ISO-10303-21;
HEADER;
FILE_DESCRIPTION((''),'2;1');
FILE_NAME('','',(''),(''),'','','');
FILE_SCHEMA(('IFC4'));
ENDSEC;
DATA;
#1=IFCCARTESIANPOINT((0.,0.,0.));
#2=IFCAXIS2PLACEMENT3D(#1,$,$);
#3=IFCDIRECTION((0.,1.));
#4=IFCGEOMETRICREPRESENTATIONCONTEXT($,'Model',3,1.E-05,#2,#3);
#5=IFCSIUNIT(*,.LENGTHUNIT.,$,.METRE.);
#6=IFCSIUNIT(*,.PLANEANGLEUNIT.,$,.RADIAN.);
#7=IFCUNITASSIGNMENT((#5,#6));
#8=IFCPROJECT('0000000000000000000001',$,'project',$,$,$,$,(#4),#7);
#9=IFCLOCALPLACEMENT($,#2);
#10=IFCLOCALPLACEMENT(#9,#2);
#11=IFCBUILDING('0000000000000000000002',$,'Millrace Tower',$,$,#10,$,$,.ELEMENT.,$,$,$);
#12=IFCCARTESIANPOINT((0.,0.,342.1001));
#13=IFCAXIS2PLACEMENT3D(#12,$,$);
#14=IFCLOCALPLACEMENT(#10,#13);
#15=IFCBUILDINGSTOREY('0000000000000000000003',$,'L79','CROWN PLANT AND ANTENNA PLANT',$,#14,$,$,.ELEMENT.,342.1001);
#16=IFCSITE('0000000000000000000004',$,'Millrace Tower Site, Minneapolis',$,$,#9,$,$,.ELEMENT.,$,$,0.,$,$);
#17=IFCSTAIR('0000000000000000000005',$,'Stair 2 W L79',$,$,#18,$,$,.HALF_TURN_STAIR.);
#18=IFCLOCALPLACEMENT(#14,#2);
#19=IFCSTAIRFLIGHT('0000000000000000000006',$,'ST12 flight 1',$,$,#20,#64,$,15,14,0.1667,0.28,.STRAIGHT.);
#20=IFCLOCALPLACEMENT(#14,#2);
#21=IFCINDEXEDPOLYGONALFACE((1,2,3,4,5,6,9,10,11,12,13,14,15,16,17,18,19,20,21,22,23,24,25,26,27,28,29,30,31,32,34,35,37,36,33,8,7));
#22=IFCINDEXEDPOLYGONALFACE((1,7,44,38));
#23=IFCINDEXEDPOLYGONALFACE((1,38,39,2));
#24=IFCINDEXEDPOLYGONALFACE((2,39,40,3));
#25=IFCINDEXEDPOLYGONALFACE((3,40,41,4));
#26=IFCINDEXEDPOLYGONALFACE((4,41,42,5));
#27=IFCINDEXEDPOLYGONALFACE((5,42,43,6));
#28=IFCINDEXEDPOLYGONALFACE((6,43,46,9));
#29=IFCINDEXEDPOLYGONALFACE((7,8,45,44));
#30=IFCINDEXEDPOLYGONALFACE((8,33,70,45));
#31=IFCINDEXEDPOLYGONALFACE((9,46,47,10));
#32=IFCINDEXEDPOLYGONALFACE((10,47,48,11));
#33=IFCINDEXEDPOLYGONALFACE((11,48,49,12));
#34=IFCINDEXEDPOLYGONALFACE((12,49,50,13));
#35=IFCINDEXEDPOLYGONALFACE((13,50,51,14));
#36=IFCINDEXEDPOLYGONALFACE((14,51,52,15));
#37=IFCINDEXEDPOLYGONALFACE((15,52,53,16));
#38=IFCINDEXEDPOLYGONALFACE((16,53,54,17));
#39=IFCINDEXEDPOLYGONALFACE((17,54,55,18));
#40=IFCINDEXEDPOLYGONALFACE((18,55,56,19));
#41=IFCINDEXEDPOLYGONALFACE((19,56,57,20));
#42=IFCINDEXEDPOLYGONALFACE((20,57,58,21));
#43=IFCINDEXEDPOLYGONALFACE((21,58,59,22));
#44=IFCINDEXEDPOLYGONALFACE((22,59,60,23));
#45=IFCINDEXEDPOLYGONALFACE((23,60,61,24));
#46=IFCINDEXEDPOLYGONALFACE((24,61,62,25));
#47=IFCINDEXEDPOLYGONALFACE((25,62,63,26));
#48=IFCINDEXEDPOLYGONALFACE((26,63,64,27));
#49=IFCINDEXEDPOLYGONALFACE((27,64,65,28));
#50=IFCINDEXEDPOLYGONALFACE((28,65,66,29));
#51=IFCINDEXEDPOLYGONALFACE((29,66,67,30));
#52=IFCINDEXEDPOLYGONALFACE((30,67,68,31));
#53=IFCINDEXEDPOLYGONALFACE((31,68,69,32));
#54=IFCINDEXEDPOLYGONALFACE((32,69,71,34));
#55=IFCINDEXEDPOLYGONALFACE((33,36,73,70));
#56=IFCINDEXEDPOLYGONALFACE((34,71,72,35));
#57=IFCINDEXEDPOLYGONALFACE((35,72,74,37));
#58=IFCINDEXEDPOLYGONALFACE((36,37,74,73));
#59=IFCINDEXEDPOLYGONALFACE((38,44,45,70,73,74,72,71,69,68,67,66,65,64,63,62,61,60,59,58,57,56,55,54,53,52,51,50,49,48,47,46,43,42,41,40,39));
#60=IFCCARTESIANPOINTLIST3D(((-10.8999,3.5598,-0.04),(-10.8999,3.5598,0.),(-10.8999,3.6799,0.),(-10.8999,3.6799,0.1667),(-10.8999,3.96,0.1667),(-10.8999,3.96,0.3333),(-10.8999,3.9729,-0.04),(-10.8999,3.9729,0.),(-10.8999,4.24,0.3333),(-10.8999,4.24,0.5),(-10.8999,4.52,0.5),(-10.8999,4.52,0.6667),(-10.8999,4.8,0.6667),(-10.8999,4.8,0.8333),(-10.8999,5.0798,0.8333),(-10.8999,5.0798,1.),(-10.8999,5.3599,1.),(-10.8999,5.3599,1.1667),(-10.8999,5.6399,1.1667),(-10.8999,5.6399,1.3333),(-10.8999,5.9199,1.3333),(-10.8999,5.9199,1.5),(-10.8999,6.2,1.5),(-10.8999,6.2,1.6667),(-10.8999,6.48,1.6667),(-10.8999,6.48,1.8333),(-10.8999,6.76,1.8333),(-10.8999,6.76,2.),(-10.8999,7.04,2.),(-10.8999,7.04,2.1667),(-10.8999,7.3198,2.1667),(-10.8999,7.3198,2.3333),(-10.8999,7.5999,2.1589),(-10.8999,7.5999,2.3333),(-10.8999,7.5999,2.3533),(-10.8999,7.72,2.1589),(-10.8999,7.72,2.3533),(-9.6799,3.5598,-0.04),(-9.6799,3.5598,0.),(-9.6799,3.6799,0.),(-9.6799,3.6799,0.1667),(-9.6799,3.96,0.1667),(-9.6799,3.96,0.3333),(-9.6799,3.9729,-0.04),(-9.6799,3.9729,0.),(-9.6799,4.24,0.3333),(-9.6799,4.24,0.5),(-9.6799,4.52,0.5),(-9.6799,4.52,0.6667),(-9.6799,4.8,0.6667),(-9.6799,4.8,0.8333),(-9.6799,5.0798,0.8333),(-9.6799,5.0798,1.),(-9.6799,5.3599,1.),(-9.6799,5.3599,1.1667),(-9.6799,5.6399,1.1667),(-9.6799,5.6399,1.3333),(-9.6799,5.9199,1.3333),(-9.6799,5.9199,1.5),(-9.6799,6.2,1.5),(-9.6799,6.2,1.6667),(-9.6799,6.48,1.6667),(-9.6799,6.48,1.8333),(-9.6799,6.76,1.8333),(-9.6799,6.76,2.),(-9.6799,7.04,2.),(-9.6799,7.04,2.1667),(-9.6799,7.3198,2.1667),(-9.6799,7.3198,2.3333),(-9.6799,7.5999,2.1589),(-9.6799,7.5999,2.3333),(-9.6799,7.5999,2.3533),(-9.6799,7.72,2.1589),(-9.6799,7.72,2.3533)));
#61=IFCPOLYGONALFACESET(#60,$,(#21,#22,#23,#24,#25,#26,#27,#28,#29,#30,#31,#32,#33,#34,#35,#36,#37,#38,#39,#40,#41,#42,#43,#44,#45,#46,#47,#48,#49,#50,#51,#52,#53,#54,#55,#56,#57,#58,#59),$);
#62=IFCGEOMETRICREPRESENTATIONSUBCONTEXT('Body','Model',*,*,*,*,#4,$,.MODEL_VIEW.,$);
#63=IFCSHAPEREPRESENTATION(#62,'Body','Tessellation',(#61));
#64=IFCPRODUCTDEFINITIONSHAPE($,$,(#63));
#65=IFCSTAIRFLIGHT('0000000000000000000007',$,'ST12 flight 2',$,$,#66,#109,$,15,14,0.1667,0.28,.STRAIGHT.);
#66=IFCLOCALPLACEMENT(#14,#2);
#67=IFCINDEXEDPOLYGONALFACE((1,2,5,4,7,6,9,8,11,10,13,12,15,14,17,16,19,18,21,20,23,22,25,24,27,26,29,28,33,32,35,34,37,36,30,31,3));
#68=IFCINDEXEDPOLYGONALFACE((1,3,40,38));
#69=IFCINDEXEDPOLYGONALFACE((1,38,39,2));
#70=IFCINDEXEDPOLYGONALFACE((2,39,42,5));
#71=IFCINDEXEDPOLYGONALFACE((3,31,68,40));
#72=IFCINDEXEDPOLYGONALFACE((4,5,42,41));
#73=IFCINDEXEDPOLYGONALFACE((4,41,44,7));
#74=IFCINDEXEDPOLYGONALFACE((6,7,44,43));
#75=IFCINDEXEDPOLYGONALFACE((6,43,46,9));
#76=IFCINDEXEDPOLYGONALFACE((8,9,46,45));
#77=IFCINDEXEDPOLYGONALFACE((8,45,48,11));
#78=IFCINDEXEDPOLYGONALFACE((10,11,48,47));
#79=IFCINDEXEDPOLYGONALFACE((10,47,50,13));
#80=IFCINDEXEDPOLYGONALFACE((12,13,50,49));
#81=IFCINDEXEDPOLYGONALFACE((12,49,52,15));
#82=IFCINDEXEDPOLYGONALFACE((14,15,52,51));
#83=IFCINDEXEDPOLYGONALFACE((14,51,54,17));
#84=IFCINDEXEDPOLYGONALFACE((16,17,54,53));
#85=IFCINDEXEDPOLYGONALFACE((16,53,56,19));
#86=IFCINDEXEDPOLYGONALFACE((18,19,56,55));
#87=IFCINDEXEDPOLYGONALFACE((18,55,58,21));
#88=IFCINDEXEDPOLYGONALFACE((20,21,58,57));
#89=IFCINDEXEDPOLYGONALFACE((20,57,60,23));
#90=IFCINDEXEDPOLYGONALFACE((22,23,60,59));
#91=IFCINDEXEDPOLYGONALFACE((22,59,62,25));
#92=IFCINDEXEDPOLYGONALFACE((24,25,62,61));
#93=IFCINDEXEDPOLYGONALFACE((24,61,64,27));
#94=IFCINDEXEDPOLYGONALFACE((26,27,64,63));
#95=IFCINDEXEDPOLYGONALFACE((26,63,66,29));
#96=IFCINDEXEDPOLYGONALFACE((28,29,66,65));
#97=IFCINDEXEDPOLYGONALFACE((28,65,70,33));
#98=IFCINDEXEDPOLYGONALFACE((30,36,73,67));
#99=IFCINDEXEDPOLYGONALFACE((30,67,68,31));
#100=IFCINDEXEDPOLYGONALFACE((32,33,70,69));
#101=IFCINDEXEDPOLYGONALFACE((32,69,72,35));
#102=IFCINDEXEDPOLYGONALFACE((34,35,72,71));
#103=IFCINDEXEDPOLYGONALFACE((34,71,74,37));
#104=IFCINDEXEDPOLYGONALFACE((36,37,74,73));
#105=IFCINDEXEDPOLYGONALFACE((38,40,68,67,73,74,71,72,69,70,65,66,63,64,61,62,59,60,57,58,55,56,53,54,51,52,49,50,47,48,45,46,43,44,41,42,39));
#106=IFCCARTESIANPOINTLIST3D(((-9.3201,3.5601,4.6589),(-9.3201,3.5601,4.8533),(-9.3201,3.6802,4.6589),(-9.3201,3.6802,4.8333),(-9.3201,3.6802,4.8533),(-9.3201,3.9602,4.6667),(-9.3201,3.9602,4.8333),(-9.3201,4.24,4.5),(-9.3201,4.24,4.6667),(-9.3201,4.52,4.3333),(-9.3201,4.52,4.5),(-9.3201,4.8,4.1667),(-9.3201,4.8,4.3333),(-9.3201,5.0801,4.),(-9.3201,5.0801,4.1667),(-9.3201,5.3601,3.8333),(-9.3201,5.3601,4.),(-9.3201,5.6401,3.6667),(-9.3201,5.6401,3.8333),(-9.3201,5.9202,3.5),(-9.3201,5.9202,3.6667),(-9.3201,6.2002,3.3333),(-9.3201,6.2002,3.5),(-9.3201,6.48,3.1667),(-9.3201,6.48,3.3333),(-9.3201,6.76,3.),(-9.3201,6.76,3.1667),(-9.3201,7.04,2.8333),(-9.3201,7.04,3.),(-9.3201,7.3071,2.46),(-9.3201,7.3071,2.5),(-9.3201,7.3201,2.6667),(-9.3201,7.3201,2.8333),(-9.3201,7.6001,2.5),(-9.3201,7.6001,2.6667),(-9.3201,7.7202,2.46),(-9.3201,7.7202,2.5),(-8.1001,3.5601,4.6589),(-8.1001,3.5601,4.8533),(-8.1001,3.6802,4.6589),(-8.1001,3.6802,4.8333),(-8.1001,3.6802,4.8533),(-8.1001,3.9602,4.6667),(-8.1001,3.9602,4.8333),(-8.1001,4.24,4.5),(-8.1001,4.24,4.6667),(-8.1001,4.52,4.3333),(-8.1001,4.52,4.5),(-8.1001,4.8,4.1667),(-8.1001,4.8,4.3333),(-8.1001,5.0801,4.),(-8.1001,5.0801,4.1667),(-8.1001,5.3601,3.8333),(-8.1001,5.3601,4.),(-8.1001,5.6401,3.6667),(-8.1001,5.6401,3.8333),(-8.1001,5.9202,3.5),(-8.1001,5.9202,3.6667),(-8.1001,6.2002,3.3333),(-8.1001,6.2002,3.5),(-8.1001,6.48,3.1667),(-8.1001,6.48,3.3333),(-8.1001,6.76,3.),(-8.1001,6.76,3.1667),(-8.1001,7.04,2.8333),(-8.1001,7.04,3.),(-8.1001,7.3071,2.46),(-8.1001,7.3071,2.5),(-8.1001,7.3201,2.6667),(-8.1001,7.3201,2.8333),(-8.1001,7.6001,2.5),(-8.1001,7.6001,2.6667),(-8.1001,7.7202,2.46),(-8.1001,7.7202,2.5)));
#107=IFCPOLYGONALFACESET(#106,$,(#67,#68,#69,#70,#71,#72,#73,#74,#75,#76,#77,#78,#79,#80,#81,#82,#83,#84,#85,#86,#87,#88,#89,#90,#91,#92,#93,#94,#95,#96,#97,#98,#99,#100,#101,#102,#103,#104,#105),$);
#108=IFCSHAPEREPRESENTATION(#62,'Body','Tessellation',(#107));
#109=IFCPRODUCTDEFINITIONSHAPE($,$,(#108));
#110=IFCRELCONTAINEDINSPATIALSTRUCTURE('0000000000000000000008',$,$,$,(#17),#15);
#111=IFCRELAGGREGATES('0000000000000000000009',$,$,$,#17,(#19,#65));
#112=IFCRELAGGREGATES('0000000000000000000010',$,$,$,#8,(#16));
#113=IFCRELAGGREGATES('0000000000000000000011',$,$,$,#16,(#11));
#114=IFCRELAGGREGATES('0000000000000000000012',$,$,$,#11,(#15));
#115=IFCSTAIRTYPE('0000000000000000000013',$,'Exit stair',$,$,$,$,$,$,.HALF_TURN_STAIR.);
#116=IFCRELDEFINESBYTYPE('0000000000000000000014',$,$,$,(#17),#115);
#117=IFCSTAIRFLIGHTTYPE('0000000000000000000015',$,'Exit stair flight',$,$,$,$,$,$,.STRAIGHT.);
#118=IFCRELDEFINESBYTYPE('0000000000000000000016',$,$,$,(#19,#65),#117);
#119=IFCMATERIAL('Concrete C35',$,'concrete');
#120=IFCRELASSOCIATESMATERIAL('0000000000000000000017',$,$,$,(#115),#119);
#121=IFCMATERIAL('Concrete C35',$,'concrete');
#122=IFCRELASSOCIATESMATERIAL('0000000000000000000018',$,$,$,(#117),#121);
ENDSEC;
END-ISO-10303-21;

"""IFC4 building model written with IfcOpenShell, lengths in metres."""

from ifc_helpers import new_model, si_unit, direction, frame, origin, place, context, subcontext, project, spatial, polyline, outline, extrude, material, type_object, element, aggregate, save


model = new_model("IFC4")

# Units and contexts
model_context = context("Model", 3, precision=1e-05, world=origin(), true_north=direction((0.0, 1.0)))
body_context = subcontext(model_context, "Body", "Model", "MODEL_VIEW")
ifc_project = project(units=[si_unit("LENGTHUNIT", "METRE"), si_unit("PLANEANGLEUNIT", "RADIAN")], contexts=[model_context])

# Site, building, storey
site_placement = place(None, origin())
site = spatial("IfcSite", under=ifc_project, at=site_placement, Name="Millrace Tower Site, Minneapolis", CompositionType="ELEMENT", RefElevation=0.0)
building_placement = place(site_placement, origin())
building = spatial("IfcBuilding", under=site, at=building_placement, Name="Millrace Tower", CompositionType="ELEMENT")
storey_placement = place(building_placement, frame((0.0, 0.0, 342.1001)))
storey = spatial("IfcBuildingStorey", under=building, at=storey_placement, Name="L79", Description="CROWN PLANT AND ANTENNA PLANT", CompositionType="ELEMENT", Elevation=342.1001)

# Shared definitions
placement = place(storey_placement, origin())

# Stair, stair flights
ifc_material_1 = material(Name="Concrete C35", Category="concrete")
stair_type = type_object("IfcStairType", Name="Exit stair", PredefinedType="HALF_TURN_STAIR", material=ifc_material_1)
ifc_material_2 = material(Name="Concrete C35", Category="concrete")
stair_flight_type = type_object("IfcStairFlightType", Name="Exit stair flight", PredefinedType="STRAIGHT", material=ifc_material_2)
stair_1 = element("IfcStair", 1, at=placement, inside=storey, type_object=stair_type, Name="Stair 2 W L79", PredefinedType="HALF_TURN_STAIR")
stair_flight_1_placement = place(storey_placement, frame((-10.29, 3.6799, 0.0), z_axis=(0.0, 0.0, 1.0), x_axis=(0.0, 1.0, 0.0)))
stair_flight_1 = element("IfcStairFlight", 2, at=stair_flight_1_placement, type_object=stair_flight_type, Name="ST12 flight 1", NumberOfRisers=15, NumberOfTreads=14, PredefinedType="STRAIGHT", RiserHeight=0.1667, TreadLength=0.28, context=body_context, shape_type="SweptSolid", body=[
    extrude(outline(polyline([(-0.1201, -0.04), (-0.1201, 0.0), (0.0, 0.0), (0.0, 0.1667), (0.28, 0.1667), (0.28, 0.3333), (0.5601, 0.3333), (0.5601, 0.5), (0.8401, 0.5), (0.8401, 0.6667), (1.1201, 0.6667), (1.1201, 0.8333), (1.3999, 0.8333), (1.3999, 1.0), (1.6799, 1.0), (1.6799, 1.1667), (1.96, 1.1667), (1.96, 1.3333), (2.24, 1.3333), (2.24, 1.5), (2.52, 1.5), (2.52, 1.6667), (2.8, 1.6667), (2.8, 1.8333), (3.0801, 1.8333), (3.0801, 2.0), (3.3601, 2.0), (3.3601, 2.1667), (3.6399, 2.1667), (3.6399, 2.3333), (3.9199, 2.3333), (3.9199, 2.3533), (4.04, 2.3533), (4.04, 2.1589), (3.9199, 2.1589), (0.293, 0.0), (0.293, -0.04), (-0.1201, -0.04)])), frame((0.0, 0.6099, 0.0), z_axis=(0.0, -1.0, 0.0), x_axis=(1.0, 0.0, 0.0)), (0.0, 0.0, 1.0), 1.22),
])
stair_flight_2_placement = place(storey_placement, frame((-8.71, 7.6001, 2.5), z_axis=(0.0, 0.0, 1.0), x_axis=(0.0, -1.0, 0.0)))
stair_flight_2 = element("IfcStairFlight", 3, at=stair_flight_2_placement, type_object=stair_flight_type, Name="ST12 flight 2", NumberOfRisers=15, NumberOfTreads=14, PredefinedType="STRAIGHT", RiserHeight=0.1667, TreadLength=0.28, context=body_context, shape_type="SweptSolid", body=[
    extrude(outline(polyline([(-0.1201, -0.04), (-0.1201, 0.0), (0.0, 0.0), (0.0, 0.1667), (0.28, 0.1667), (0.28, 0.3333), (0.5601, 0.3333), (0.5601, 0.5), (0.8401, 0.5), (0.8401, 0.6667), (1.1201, 0.6667), (1.1201, 0.8333), (1.3999, 0.8333), (1.3999, 1.0), (1.6799, 1.0), (1.6799, 1.1667), (1.96, 1.1667), (1.96, 1.3333), (2.24, 1.3333), (2.24, 1.5), (2.52, 1.5), (2.52, 1.6667), (2.8, 1.6667), (2.8, 1.8333), (3.0801, 1.8333), (3.0801, 2.0), (3.3601, 2.0), (3.3601, 2.1667), (3.6399, 2.1667), (3.6399, 2.3333), (3.9199, 2.3333), (3.9199, 2.3533), (4.04, 2.3533), (4.04, 2.1589), (3.9199, 2.1589), (0.293, 0.0), (0.293, -0.04), (-0.1201, -0.04)])), frame((0.0, 0.6099, 0.0), z_axis=(0.0, -1.0, 0.0), x_axis=(1.0, 0.0, 0.0)), (0.0, 0.0, 1.0), 1.22),
])
aggregate(stair_1, [stair_flight_1, stair_flight_2])

save(model, "model.ifc")
